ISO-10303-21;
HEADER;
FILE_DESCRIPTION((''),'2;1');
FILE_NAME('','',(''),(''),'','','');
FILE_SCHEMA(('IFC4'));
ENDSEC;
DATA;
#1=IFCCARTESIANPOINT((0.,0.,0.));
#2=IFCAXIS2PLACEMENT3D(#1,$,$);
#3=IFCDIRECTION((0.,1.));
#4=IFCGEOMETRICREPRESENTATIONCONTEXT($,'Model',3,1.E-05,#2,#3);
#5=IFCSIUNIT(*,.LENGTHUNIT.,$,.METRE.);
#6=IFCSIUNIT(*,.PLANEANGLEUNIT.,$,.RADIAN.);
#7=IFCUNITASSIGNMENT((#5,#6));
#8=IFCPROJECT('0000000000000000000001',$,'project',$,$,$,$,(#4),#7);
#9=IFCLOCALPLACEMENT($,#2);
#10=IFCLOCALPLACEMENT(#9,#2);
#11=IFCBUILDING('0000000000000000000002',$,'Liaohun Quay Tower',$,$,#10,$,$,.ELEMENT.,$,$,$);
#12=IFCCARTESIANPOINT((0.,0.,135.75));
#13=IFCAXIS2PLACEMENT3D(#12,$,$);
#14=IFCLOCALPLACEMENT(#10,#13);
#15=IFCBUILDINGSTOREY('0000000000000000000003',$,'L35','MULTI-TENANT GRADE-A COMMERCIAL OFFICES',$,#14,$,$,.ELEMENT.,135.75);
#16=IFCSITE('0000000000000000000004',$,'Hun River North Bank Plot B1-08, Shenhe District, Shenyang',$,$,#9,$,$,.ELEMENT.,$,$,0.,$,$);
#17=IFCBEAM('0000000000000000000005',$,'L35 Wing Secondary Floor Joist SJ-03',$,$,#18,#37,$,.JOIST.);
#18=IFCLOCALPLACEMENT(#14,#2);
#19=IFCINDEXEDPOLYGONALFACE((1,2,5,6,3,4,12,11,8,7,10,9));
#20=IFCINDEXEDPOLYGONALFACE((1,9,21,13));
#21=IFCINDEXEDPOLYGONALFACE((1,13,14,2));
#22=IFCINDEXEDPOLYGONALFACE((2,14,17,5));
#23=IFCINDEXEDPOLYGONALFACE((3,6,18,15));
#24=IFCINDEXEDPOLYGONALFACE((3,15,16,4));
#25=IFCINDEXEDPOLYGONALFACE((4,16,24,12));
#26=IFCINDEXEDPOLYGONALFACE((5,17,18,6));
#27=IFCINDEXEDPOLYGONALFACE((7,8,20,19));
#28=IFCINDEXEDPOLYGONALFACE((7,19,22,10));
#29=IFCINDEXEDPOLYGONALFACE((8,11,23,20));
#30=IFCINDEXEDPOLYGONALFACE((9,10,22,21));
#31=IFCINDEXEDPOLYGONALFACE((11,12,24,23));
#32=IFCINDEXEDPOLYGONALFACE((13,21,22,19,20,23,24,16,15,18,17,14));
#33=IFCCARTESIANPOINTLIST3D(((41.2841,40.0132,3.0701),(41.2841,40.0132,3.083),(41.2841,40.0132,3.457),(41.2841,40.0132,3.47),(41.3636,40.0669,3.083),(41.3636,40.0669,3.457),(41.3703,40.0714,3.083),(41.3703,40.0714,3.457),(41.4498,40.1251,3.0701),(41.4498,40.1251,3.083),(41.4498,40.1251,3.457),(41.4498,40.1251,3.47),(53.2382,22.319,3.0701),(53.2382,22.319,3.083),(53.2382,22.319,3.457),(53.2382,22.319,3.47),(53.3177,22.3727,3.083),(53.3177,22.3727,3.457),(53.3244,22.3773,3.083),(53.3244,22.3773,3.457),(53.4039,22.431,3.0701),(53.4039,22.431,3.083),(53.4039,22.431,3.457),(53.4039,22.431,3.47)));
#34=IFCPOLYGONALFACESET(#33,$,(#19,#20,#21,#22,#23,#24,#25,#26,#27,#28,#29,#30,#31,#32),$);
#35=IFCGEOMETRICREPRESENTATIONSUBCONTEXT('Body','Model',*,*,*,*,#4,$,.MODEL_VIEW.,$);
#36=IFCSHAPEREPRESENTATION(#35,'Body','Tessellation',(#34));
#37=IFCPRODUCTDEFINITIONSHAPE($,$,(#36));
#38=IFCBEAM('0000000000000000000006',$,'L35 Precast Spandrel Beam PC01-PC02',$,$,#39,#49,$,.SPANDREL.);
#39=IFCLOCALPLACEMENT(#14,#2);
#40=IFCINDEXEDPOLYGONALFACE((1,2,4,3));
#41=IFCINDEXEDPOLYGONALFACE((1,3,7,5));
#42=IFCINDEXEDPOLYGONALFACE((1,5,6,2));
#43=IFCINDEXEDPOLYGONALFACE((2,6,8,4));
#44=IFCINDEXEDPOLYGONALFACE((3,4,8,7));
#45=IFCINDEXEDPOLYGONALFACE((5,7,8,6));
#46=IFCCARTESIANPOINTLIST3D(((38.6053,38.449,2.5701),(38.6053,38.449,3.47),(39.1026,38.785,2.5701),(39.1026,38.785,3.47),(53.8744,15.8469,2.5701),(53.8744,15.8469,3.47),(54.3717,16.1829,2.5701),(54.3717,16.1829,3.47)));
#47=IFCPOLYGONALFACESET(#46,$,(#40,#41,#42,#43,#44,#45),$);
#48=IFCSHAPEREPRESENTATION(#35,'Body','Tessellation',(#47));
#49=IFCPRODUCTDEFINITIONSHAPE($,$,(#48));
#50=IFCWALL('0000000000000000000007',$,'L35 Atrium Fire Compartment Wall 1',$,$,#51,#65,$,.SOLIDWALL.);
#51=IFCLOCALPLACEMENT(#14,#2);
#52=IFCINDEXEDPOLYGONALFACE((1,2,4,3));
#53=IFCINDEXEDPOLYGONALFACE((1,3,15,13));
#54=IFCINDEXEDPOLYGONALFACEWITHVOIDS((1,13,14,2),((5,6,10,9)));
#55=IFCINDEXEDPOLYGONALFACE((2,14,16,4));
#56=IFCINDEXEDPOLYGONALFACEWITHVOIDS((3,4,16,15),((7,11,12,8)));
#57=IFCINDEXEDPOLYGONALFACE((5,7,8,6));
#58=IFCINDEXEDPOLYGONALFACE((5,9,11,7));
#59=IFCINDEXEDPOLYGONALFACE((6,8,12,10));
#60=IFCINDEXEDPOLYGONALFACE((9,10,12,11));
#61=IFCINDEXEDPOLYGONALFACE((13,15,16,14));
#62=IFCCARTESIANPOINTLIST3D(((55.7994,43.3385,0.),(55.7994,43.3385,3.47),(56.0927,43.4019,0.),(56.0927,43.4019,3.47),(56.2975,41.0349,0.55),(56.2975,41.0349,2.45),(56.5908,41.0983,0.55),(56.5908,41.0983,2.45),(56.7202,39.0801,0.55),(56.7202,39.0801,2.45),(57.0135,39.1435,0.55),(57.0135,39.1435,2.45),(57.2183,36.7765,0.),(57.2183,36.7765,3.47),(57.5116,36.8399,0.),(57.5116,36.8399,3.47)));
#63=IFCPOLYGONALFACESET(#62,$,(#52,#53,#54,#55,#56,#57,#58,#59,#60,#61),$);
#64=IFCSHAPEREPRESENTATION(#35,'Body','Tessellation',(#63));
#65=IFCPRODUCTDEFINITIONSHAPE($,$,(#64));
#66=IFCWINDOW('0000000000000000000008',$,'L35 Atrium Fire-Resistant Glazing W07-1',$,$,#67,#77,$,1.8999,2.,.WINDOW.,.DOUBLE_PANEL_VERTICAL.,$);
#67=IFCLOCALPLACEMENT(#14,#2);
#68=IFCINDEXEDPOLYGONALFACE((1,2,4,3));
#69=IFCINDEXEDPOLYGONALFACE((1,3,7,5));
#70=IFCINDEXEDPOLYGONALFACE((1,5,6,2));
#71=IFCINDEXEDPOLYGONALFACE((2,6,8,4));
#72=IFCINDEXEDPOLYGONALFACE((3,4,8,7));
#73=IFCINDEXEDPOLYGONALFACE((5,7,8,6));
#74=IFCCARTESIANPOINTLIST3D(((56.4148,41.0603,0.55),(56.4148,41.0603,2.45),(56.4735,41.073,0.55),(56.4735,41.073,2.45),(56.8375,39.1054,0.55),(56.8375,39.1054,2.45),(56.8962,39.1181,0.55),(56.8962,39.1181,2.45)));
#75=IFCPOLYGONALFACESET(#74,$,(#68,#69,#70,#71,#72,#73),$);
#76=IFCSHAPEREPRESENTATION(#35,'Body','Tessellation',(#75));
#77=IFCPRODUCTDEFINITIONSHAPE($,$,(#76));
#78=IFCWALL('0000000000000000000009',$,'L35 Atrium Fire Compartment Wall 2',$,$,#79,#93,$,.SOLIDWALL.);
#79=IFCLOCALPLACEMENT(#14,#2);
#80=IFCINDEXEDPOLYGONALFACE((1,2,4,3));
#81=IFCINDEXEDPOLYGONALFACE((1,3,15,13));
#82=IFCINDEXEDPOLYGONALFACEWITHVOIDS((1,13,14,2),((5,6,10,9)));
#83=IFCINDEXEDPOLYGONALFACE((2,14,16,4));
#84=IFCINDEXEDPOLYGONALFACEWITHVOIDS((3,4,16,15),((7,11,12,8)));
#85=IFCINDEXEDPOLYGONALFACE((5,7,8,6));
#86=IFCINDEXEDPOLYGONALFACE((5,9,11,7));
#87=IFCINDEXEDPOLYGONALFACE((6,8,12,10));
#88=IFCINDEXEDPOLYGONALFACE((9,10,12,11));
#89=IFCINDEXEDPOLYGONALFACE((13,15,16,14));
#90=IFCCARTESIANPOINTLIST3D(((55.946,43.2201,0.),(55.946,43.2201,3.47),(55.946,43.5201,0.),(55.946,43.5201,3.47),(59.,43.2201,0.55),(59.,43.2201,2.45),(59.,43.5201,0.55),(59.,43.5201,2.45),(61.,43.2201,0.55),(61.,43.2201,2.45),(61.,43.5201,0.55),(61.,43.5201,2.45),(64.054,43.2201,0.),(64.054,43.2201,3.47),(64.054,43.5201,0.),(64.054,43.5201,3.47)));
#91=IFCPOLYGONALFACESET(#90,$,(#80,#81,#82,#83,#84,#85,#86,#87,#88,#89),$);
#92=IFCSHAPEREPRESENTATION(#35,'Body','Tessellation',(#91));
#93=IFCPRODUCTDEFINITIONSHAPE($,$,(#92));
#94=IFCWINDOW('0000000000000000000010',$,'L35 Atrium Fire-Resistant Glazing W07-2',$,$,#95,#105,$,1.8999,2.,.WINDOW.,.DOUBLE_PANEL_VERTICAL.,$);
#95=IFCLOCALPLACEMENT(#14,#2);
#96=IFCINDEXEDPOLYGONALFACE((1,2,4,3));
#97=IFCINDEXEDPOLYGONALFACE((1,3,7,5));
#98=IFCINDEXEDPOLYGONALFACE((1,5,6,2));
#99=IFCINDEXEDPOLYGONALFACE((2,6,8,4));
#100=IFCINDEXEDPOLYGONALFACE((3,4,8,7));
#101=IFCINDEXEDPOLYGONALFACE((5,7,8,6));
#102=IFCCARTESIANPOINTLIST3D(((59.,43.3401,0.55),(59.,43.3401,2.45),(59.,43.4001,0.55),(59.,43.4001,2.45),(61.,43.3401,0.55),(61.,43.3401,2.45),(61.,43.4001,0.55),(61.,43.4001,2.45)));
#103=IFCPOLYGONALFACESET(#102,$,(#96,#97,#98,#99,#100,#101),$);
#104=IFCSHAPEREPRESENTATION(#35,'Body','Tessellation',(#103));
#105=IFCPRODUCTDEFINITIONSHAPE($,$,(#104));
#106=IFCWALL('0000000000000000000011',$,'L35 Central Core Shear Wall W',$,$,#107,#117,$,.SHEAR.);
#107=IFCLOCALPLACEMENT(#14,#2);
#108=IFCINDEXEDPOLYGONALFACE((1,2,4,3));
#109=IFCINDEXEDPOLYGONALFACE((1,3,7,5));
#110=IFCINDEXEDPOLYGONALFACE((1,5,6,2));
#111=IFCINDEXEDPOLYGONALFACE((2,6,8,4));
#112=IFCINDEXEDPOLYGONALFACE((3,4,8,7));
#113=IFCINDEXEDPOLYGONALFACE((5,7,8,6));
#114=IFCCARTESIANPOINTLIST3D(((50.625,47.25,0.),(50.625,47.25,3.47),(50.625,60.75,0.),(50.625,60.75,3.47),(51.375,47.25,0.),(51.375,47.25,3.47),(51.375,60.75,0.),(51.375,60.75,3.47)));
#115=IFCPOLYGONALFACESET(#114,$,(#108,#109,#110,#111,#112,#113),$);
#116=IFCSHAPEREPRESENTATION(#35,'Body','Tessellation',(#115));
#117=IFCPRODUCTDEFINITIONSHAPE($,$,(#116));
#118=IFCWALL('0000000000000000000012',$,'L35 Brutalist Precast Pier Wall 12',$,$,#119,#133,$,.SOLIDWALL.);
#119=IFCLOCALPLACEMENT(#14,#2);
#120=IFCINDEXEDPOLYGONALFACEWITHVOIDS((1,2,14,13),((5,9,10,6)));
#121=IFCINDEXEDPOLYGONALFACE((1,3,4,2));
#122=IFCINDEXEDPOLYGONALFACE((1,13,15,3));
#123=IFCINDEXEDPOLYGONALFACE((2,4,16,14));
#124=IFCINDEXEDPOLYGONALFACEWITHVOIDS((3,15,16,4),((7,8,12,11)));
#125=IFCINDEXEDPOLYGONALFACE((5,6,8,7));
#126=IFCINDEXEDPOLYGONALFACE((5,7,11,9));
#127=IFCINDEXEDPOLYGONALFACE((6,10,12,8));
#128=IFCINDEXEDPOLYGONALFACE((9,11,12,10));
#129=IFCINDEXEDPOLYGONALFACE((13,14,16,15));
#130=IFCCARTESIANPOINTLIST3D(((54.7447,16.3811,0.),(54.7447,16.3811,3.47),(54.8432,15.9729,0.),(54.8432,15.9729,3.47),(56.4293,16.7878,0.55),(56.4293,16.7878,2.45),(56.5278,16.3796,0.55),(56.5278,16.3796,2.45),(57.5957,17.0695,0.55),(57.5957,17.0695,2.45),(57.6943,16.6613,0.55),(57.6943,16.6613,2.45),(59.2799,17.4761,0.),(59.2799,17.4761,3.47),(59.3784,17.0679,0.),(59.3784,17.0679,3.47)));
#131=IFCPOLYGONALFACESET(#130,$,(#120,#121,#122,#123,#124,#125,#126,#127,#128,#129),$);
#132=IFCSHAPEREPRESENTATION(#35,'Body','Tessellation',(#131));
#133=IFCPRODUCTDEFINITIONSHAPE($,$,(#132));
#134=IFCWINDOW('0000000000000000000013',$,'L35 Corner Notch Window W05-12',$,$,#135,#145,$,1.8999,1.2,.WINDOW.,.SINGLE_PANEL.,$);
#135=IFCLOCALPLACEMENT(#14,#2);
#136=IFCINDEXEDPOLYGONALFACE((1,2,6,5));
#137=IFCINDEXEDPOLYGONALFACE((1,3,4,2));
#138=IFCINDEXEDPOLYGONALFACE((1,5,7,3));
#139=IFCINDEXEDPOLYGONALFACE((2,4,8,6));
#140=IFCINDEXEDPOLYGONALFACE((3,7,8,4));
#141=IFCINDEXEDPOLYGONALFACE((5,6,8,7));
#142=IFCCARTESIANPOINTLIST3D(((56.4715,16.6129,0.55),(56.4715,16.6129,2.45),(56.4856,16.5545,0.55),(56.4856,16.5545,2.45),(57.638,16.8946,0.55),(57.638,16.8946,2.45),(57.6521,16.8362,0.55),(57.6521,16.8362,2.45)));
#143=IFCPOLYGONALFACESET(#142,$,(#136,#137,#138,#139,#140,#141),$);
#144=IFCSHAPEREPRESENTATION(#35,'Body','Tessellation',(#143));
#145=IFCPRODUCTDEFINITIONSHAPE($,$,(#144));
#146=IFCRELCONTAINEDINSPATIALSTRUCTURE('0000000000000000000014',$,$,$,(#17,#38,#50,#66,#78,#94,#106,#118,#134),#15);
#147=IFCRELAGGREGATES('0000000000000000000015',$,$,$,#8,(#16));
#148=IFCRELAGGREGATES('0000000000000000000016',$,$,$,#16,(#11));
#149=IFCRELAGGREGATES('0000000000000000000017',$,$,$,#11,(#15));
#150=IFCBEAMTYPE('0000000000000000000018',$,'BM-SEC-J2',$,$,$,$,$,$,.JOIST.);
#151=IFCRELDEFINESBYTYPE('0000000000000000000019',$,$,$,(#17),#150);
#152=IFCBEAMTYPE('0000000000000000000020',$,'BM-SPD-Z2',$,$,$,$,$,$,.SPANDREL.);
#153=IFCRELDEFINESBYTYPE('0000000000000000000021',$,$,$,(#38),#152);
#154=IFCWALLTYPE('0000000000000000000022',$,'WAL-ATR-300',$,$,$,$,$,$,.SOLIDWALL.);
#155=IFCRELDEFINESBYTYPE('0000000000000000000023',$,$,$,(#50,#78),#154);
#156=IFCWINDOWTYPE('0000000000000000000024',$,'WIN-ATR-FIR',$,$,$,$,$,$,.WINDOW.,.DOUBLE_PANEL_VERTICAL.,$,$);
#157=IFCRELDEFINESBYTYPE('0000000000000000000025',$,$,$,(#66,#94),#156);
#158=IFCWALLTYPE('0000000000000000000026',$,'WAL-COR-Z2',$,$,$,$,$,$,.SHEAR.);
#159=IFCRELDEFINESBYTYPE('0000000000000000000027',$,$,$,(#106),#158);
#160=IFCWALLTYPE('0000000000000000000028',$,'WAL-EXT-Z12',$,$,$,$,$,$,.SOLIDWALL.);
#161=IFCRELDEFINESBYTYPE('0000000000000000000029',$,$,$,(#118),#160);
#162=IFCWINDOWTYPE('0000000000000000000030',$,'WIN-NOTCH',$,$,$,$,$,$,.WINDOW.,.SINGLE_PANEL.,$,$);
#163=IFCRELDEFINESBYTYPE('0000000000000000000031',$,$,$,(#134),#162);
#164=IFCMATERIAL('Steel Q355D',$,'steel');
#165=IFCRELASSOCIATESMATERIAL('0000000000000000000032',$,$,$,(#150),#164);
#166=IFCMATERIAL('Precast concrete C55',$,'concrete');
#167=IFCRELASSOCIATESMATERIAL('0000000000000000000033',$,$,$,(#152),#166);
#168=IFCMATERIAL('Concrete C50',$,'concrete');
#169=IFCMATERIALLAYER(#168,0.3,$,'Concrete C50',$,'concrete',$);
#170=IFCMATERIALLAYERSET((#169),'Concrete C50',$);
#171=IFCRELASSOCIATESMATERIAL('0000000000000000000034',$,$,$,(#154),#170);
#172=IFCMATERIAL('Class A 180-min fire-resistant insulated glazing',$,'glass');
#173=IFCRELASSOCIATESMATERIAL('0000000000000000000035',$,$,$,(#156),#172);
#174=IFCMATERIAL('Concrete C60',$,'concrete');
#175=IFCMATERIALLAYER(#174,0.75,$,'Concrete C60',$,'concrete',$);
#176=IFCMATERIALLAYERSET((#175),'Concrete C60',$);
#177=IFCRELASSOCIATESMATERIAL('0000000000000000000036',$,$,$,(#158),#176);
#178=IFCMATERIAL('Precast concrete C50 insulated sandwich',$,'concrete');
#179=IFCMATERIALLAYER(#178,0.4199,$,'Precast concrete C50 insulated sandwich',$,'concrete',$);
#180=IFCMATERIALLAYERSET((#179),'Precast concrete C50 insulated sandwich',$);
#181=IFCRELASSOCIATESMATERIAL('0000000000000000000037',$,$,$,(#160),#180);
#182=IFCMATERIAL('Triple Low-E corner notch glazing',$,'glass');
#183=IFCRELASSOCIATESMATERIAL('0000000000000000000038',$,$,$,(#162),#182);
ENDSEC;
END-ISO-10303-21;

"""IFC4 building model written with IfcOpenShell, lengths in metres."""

from ifc_helpers import new_model, si_unit, direction, frame, frame_2d, origin, origin_2d, place, context, subcontext, project, spatial, rectangle, i_section, extrude, source, transform, mapped, material, layer, layer_set, material_profile, profile_set, type_object, element, fill, save


model = new_model("IFC4")

# Units and contexts
model_context = context("Model", 3, precision=1e-05, world=origin(), true_north=direction((0.0, 1.0)))
body_context = subcontext(model_context, "Body", "Model", "MODEL_VIEW")
ifc_project = project(units=[si_unit("LENGTHUNIT", "METRE"), si_unit("PLANEANGLEUNIT", "RADIAN")], contexts=[model_context])

# Site, building, storey
site_placement = place(None, origin())
site = spatial("IfcSite", under=ifc_project, at=site_placement, Name="Hun River North Bank Plot B1-08, Shenhe District, Shenyang", CompositionType="ELEMENT", RefElevation=0.0)
building_placement = place(site_placement, origin())
building = spatial("IfcBuilding", under=site, at=building_placement, Name="Liaohun Quay Tower", CompositionType="ELEMENT")
storey_placement = place(building_placement, frame((0.0, 0.0, 135.75)))
storey = spatial("IfcBuildingStorey", under=building, at=storey_placement, Name="L35", Description="MULTI-TENANT GRADE-A COMMERCIAL OFFICES", CompositionType="ELEMENT", Elevation=135.75)

# Shared definitions
ifc_material_1 = material(Name="Concrete C60", Category="concrete")

# Beams
ifc_material_2 = material(Name="Steel Q355D", Category="steel")
ifc_material_profile_1 = material_profile(ifc_material_2, i_section(OverallWidth=0.2, OverallDepth=0.3999, WebThickness=0.0081, FlangeThickness=0.0129, at=origin_2d()), Name="HN400x200x8x13")
ifc_profile_set_1 = profile_set([ifc_material_profile_1], Name="Steel Q355D")
beam_type_1 = type_object("IfcBeamType", Name="BM-SEC-J2", PredefinedType="JOIST", material=ifc_profile_set_1)
shared_shape_1 = source(origin(), body_context, "Body", "SweptSolid", [
    extrude(i_section(OverallWidth=0.2, OverallDepth=0.3999, WebThickness=0.0081, FlangeThickness=0.0129, at=origin_2d()), origin(), (0.0, 0.0, 1.0), 21.3538),
])
beam_1_placement = place(storey_placement, frame((53.321, 22.375, 3.27), z_axis=(-0.559813, 0.828619, 0.0), x_axis=(-0.828619, -0.559813, 0.0)))
element("IfcBeam", 1, at=beam_1_placement, inside=storey, type_object=beam_type_1, Name="L35 Wing Secondary Floor Joist SJ-03", PredefinedType="JOIST", context=body_context, shape_type="MappedRepresentation", body=[
    mapped(shared_shape_1, transform((0.0, 0.0, 0.0), x_axis=(1.0, 0.0, 0.0), y_axis=(0.0, 1.0, 0.0), z_axis=(0.0, 0.0, 1.0), scale=1.0)),
])
ifc_material_3 = material(Name="Precast concrete C55", Category="concrete")
ifc_material_profile_2 = material_profile(ifc_material_3, rectangle(XDim=0.6001, YDim=0.8999, at=origin_2d()), Name="RC600x900")
ifc_profile_set_2 = profile_set([ifc_material_profile_2], Name="Precast concrete C55")
beam_type_2 = type_object("IfcBeamType", Name="BM-SPD-Z2", PredefinedType="SPANDREL", material=ifc_profile_set_2)
shared_shape_2 = source(origin(), body_context, "Body", "SweptSolid", [
    extrude(rectangle(XDim=0.6001, YDim=0.8999, at=origin_2d()), origin(), (0.0, 0.0, 1.0), 27.2764),
])
beam_2_placement = place(storey_placement, frame((54.123, 16.0149, 3.02), z_axis=(-0.559792, 0.828633, 0.0), x_axis=(-0.828633, -0.559792, 0.0)))
element("IfcBeam", 2, at=beam_2_placement, inside=storey, type_object=beam_type_2, Name="L35 Precast Spandrel Beam PC01-PC02", PredefinedType="SPANDREL", context=body_context, shape_type="MappedRepresentation", body=[
    mapped(shared_shape_2, transform((0.0, 0.0, 0.0), x_axis=(1.0, 0.0, 0.0), y_axis=(0.0, 1.0, 0.0), z_axis=(0.0, 0.0, 1.0), scale=1.0)),
])

# Walls, openings, windows
ifc_material_4 = material(Name="Concrete C50", Category="concrete")
ifc_layer_1 = layer(ifc_material_4, 0.3, Name="Concrete C50", Category="concrete")
ifc_layer_set_1 = layer_set([ifc_layer_1], Name="Concrete C50")
wall_type_1 = type_object("IfcWallType", Name="WAL-ATR-300", PredefinedType="SOLIDWALL", material=ifc_layer_set_1)
wall_1_placement = place(storey_placement, frame((57.365, 36.8081, 0.0), z_axis=(0.0, 0.0, 1.0), x_axis=(-0.211352, 0.97741, 0.0)))
wall_1 = element("IfcWall", 3, at=wall_1_placement, inside=storey, type_object=wall_type_1, Name="L35 Atrium Fire Compartment Wall 1", PredefinedType="SOLIDWALL", context=body_context, shape_type="SweptSolid", body=[
    extrude(rectangle(XDim=6.7136, YDim=0.3, at=frame_2d((3.3569, 0.0))), origin(), (0.0, 0.0, 1.0), 3.47),
])
shared_shape_3 = source(origin(), body_context, "Body", "SweptSolid", [
    extrude(rectangle(XDim=2.0, YDim=1.8999, at=frame_2d((1.0, 0.95))), frame((0.0, 0.1599, 0.0), z_axis=(0.0, -1.0, 0.0), x_axis=(1.0, 0.0, 0.0)), (0.0, 0.0, 1.0), 0.3201),
])
opening_1_placement = place(wall_1_placement, frame((2.3569, 0.0, 0.55)))
opening_1 = element("IfcOpeningElement", 4, at=opening_1_placement, cuts=wall_1, PredefinedType="OPENING", context=body_context, shape_type="MappedRepresentation", body=[
    mapped(shared_shape_3, transform((0.0, 0.0, 0.0), x_axis=(1.0, 0.0, 0.0), y_axis=(0.0, 1.0, 0.0), z_axis=(0.0, 0.0, 1.0), scale=1.0)),
])
ifc_material_5 = material(Name="Class A 180-min fire-resistant insulated glazing", Category="glass")
window_type_1 = type_object("IfcWindowType", Name="WIN-ATR-FIR", PartitioningType="DOUBLE_PANEL_VERTICAL", PredefinedType="WINDOW", material=ifc_material_5)
shared_shape_4 = source(origin(), body_context, "Body", "SweptSolid", [
    extrude(rectangle(XDim=2.0, YDim=1.8999, at=frame_2d((1.0, 0.95))), frame((0.0, 0.03, 0.0), z_axis=(0.0, -1.0, 0.0), x_axis=(1.0, 0.0, 0.0)), (0.0, 0.0, 1.0), 0.0601),
])
window_1_placement = place(opening_1_placement, origin())
window_1 = element("IfcWindow", 5, at=window_1_placement, inside=storey, type_object=window_type_1, Name="L35 Atrium Fire-Resistant Glazing W07-1", OverallHeight=1.8999, OverallWidth=2.0, PartitioningType="DOUBLE_PANEL_VERTICAL", PredefinedType="WINDOW", context=body_context, shape_type="MappedRepresentation", body=[
    mapped(shared_shape_4, transform((0.0, 0.0, 0.0), x_axis=(1.0, 0.0, 0.0), y_axis=(0.0, 1.0, 0.0), z_axis=(0.0, 0.0, 1.0), scale=1.0)),
])
fill(opening_1, window_1)
wall_2_placement = place(storey_placement, frame((55.946, 43.3701, 0.0), z_axis=(0.0, 0.0, 1.0), x_axis=(1.0, 0.0, 0.0)))
wall_2 = element("IfcWall", 6, at=wall_2_placement, inside=storey, type_object=wall_type_1, Name="L35 Atrium Fire Compartment Wall 2", PredefinedType="SOLIDWALL", context=body_context, shape_type="SweptSolid", body=[
    extrude(rectangle(XDim=8.1079, YDim=0.3, at=frame_2d((4.054, 0.0))), origin(), (0.0, 0.0, 1.0), 3.47),
])
opening_2_placement = place(wall_2_placement, frame((3.054, 0.0, 0.55)))
opening_2 = element("IfcOpeningElement", 7, at=opening_2_placement, cuts=wall_2, PredefinedType="OPENING", context=body_context, shape_type="MappedRepresentation", body=[
    mapped(shared_shape_3, transform((0.0, 0.0, 0.0), x_axis=(1.0, 0.0, 0.0), y_axis=(0.0, 1.0, 0.0), z_axis=(0.0, 0.0, 1.0), scale=1.0)),
])
window_2_placement = place(opening_2_placement, origin())
window_2 = element("IfcWindow", 8, at=window_2_placement, inside=storey, type_object=window_type_1, Name="L35 Atrium Fire-Resistant Glazing W07-2", OverallHeight=1.8999, OverallWidth=2.0, PartitioningType="DOUBLE_PANEL_VERTICAL", PredefinedType="WINDOW", context=body_context, shape_type="MappedRepresentation", body=[
    mapped(shared_shape_4, transform((0.0, 0.0, 0.0), x_axis=(1.0, 0.0, 0.0), y_axis=(0.0, 1.0, 0.0), z_axis=(0.0, 0.0, 1.0), scale=1.0)),
])
fill(opening_2, window_2)

# Wall
ifc_layer_2 = layer(ifc_material_1, 0.75, Name="Concrete C60", Category="concrete")
ifc_layer_set_2 = layer_set([ifc_layer_2], Name="Concrete C60")
wall_type_2 = type_object("IfcWallType", Name="WAL-COR-Z2", PredefinedType="SHEAR", material=ifc_layer_set_2)
wall_3_placement = place(storey_placement, frame((51.0, 47.25, 0.0), z_axis=(0.0, 0.0, 1.0), x_axis=(0.0, 1.0, 0.0)))
element("IfcWall", 9, at=wall_3_placement, inside=storey, type_object=wall_type_2, Name="L35 Central Core Shear Wall W", PredefinedType="SHEAR", context=body_context, shape_type="SweptSolid", body=[
    extrude(rectangle(XDim=13.5, YDim=0.75, at=frame_2d((6.75, 0.0))), origin(), (0.0, 0.0, 1.0), 3.47),
])

# Wall, opening, window
ifc_material_6 = material(Name="Precast concrete C50 insulated sandwich", Category="concrete")
ifc_layer_3 = layer(ifc_material_6, 0.4199, Name="Precast concrete C50 insulated sandwich", Category="concrete")
ifc_layer_set_3 = layer_set([ifc_layer_3], Name="Precast concrete C50 insulated sandwich")
wall_type_3 = type_object("IfcWallType", Name="WAL-EXT-Z12", PredefinedType="SOLIDWALL", material=ifc_layer_set_3)
wall_4_placement = place(storey_placement, frame((54.7939, 16.177, 0.0), z_axis=(0.0, 0.0, 1.0), x_axis=(0.972069, 0.234697, 0.0)))
wall_4 = element("IfcWall", 10, at=wall_4_placement, inside=storey, type_object=wall_type_3, Name="L35 Brutalist Precast Pier Wall 12", PredefinedType="SOLIDWALL", context=body_context, shape_type="SweptSolid", body=[
    extrude(rectangle(XDim=4.6655, YDim=0.4199, at=frame_2d((2.3328, 0.0))), origin(), (0.0, 0.0, 1.0), 3.47),
])
shared_shape_5 = source(origin(), body_context, "Body", "SweptSolid", [
    extrude(rectangle(XDim=1.2, YDim=1.8999, at=frame_2d((0.6001, 0.95))), frame((0.0, 0.22, 0.0), z_axis=(0.0, -1.0, 0.0), x_axis=(1.0, 0.0, 0.0)), (0.0, 0.0, 1.0), 0.4399),
])
opening_3_placement = place(wall_4_placement, frame((1.7329, 0.0, 0.55)))
opening_3 = element("IfcOpeningElement", 11, at=opening_3_placement, cuts=wall_4, PredefinedType="OPENING", context=body_context, shape_type="MappedRepresentation", body=[
    mapped(shared_shape_5, transform((0.0, 0.0, 0.0), x_axis=(1.0, 0.0, 0.0), y_axis=(0.0, 1.0, 0.0), z_axis=(0.0, 0.0, 1.0), scale=1.0)),
])
ifc_material_7 = material(Name="Triple Low-E corner notch glazing", Category="glass")
window_type_2 = type_object("IfcWindowType", Name="WIN-NOTCH", PartitioningType="SINGLE_PANEL", PredefinedType="WINDOW", material=ifc_material_7)
shared_shape_6 = source(origin(), body_context, "Body", "SweptSolid", [
    extrude(rectangle(XDim=1.2, YDim=1.8999, at=frame_2d((0.6001, 0.95))), frame((0.0, 0.03, 0.0), z_axis=(0.0, -1.0, 0.0), x_axis=(1.0, 0.0, 0.0)), (0.0, 0.0, 1.0), 0.0601),
])
window_3_placement = place(opening_3_placement, origin())
window_3 = element("IfcWindow", 12, at=window_3_placement, inside=storey, type_object=window_type_2, Name="L35 Corner Notch Window W05-12", OverallHeight=1.8999, OverallWidth=1.2, PartitioningType="SINGLE_PANEL", PredefinedType="WINDOW", context=body_context, shape_type="MappedRepresentation", body=[
    mapped(shared_shape_6, transform((0.0, 0.0, 0.0), x_axis=(1.0, 0.0, 0.0), y_axis=(0.0, 1.0, 0.0), z_axis=(0.0, 0.0, 1.0), scale=1.0)),
])
fill(opening_3, window_3)

save(model, "model.ifc")
